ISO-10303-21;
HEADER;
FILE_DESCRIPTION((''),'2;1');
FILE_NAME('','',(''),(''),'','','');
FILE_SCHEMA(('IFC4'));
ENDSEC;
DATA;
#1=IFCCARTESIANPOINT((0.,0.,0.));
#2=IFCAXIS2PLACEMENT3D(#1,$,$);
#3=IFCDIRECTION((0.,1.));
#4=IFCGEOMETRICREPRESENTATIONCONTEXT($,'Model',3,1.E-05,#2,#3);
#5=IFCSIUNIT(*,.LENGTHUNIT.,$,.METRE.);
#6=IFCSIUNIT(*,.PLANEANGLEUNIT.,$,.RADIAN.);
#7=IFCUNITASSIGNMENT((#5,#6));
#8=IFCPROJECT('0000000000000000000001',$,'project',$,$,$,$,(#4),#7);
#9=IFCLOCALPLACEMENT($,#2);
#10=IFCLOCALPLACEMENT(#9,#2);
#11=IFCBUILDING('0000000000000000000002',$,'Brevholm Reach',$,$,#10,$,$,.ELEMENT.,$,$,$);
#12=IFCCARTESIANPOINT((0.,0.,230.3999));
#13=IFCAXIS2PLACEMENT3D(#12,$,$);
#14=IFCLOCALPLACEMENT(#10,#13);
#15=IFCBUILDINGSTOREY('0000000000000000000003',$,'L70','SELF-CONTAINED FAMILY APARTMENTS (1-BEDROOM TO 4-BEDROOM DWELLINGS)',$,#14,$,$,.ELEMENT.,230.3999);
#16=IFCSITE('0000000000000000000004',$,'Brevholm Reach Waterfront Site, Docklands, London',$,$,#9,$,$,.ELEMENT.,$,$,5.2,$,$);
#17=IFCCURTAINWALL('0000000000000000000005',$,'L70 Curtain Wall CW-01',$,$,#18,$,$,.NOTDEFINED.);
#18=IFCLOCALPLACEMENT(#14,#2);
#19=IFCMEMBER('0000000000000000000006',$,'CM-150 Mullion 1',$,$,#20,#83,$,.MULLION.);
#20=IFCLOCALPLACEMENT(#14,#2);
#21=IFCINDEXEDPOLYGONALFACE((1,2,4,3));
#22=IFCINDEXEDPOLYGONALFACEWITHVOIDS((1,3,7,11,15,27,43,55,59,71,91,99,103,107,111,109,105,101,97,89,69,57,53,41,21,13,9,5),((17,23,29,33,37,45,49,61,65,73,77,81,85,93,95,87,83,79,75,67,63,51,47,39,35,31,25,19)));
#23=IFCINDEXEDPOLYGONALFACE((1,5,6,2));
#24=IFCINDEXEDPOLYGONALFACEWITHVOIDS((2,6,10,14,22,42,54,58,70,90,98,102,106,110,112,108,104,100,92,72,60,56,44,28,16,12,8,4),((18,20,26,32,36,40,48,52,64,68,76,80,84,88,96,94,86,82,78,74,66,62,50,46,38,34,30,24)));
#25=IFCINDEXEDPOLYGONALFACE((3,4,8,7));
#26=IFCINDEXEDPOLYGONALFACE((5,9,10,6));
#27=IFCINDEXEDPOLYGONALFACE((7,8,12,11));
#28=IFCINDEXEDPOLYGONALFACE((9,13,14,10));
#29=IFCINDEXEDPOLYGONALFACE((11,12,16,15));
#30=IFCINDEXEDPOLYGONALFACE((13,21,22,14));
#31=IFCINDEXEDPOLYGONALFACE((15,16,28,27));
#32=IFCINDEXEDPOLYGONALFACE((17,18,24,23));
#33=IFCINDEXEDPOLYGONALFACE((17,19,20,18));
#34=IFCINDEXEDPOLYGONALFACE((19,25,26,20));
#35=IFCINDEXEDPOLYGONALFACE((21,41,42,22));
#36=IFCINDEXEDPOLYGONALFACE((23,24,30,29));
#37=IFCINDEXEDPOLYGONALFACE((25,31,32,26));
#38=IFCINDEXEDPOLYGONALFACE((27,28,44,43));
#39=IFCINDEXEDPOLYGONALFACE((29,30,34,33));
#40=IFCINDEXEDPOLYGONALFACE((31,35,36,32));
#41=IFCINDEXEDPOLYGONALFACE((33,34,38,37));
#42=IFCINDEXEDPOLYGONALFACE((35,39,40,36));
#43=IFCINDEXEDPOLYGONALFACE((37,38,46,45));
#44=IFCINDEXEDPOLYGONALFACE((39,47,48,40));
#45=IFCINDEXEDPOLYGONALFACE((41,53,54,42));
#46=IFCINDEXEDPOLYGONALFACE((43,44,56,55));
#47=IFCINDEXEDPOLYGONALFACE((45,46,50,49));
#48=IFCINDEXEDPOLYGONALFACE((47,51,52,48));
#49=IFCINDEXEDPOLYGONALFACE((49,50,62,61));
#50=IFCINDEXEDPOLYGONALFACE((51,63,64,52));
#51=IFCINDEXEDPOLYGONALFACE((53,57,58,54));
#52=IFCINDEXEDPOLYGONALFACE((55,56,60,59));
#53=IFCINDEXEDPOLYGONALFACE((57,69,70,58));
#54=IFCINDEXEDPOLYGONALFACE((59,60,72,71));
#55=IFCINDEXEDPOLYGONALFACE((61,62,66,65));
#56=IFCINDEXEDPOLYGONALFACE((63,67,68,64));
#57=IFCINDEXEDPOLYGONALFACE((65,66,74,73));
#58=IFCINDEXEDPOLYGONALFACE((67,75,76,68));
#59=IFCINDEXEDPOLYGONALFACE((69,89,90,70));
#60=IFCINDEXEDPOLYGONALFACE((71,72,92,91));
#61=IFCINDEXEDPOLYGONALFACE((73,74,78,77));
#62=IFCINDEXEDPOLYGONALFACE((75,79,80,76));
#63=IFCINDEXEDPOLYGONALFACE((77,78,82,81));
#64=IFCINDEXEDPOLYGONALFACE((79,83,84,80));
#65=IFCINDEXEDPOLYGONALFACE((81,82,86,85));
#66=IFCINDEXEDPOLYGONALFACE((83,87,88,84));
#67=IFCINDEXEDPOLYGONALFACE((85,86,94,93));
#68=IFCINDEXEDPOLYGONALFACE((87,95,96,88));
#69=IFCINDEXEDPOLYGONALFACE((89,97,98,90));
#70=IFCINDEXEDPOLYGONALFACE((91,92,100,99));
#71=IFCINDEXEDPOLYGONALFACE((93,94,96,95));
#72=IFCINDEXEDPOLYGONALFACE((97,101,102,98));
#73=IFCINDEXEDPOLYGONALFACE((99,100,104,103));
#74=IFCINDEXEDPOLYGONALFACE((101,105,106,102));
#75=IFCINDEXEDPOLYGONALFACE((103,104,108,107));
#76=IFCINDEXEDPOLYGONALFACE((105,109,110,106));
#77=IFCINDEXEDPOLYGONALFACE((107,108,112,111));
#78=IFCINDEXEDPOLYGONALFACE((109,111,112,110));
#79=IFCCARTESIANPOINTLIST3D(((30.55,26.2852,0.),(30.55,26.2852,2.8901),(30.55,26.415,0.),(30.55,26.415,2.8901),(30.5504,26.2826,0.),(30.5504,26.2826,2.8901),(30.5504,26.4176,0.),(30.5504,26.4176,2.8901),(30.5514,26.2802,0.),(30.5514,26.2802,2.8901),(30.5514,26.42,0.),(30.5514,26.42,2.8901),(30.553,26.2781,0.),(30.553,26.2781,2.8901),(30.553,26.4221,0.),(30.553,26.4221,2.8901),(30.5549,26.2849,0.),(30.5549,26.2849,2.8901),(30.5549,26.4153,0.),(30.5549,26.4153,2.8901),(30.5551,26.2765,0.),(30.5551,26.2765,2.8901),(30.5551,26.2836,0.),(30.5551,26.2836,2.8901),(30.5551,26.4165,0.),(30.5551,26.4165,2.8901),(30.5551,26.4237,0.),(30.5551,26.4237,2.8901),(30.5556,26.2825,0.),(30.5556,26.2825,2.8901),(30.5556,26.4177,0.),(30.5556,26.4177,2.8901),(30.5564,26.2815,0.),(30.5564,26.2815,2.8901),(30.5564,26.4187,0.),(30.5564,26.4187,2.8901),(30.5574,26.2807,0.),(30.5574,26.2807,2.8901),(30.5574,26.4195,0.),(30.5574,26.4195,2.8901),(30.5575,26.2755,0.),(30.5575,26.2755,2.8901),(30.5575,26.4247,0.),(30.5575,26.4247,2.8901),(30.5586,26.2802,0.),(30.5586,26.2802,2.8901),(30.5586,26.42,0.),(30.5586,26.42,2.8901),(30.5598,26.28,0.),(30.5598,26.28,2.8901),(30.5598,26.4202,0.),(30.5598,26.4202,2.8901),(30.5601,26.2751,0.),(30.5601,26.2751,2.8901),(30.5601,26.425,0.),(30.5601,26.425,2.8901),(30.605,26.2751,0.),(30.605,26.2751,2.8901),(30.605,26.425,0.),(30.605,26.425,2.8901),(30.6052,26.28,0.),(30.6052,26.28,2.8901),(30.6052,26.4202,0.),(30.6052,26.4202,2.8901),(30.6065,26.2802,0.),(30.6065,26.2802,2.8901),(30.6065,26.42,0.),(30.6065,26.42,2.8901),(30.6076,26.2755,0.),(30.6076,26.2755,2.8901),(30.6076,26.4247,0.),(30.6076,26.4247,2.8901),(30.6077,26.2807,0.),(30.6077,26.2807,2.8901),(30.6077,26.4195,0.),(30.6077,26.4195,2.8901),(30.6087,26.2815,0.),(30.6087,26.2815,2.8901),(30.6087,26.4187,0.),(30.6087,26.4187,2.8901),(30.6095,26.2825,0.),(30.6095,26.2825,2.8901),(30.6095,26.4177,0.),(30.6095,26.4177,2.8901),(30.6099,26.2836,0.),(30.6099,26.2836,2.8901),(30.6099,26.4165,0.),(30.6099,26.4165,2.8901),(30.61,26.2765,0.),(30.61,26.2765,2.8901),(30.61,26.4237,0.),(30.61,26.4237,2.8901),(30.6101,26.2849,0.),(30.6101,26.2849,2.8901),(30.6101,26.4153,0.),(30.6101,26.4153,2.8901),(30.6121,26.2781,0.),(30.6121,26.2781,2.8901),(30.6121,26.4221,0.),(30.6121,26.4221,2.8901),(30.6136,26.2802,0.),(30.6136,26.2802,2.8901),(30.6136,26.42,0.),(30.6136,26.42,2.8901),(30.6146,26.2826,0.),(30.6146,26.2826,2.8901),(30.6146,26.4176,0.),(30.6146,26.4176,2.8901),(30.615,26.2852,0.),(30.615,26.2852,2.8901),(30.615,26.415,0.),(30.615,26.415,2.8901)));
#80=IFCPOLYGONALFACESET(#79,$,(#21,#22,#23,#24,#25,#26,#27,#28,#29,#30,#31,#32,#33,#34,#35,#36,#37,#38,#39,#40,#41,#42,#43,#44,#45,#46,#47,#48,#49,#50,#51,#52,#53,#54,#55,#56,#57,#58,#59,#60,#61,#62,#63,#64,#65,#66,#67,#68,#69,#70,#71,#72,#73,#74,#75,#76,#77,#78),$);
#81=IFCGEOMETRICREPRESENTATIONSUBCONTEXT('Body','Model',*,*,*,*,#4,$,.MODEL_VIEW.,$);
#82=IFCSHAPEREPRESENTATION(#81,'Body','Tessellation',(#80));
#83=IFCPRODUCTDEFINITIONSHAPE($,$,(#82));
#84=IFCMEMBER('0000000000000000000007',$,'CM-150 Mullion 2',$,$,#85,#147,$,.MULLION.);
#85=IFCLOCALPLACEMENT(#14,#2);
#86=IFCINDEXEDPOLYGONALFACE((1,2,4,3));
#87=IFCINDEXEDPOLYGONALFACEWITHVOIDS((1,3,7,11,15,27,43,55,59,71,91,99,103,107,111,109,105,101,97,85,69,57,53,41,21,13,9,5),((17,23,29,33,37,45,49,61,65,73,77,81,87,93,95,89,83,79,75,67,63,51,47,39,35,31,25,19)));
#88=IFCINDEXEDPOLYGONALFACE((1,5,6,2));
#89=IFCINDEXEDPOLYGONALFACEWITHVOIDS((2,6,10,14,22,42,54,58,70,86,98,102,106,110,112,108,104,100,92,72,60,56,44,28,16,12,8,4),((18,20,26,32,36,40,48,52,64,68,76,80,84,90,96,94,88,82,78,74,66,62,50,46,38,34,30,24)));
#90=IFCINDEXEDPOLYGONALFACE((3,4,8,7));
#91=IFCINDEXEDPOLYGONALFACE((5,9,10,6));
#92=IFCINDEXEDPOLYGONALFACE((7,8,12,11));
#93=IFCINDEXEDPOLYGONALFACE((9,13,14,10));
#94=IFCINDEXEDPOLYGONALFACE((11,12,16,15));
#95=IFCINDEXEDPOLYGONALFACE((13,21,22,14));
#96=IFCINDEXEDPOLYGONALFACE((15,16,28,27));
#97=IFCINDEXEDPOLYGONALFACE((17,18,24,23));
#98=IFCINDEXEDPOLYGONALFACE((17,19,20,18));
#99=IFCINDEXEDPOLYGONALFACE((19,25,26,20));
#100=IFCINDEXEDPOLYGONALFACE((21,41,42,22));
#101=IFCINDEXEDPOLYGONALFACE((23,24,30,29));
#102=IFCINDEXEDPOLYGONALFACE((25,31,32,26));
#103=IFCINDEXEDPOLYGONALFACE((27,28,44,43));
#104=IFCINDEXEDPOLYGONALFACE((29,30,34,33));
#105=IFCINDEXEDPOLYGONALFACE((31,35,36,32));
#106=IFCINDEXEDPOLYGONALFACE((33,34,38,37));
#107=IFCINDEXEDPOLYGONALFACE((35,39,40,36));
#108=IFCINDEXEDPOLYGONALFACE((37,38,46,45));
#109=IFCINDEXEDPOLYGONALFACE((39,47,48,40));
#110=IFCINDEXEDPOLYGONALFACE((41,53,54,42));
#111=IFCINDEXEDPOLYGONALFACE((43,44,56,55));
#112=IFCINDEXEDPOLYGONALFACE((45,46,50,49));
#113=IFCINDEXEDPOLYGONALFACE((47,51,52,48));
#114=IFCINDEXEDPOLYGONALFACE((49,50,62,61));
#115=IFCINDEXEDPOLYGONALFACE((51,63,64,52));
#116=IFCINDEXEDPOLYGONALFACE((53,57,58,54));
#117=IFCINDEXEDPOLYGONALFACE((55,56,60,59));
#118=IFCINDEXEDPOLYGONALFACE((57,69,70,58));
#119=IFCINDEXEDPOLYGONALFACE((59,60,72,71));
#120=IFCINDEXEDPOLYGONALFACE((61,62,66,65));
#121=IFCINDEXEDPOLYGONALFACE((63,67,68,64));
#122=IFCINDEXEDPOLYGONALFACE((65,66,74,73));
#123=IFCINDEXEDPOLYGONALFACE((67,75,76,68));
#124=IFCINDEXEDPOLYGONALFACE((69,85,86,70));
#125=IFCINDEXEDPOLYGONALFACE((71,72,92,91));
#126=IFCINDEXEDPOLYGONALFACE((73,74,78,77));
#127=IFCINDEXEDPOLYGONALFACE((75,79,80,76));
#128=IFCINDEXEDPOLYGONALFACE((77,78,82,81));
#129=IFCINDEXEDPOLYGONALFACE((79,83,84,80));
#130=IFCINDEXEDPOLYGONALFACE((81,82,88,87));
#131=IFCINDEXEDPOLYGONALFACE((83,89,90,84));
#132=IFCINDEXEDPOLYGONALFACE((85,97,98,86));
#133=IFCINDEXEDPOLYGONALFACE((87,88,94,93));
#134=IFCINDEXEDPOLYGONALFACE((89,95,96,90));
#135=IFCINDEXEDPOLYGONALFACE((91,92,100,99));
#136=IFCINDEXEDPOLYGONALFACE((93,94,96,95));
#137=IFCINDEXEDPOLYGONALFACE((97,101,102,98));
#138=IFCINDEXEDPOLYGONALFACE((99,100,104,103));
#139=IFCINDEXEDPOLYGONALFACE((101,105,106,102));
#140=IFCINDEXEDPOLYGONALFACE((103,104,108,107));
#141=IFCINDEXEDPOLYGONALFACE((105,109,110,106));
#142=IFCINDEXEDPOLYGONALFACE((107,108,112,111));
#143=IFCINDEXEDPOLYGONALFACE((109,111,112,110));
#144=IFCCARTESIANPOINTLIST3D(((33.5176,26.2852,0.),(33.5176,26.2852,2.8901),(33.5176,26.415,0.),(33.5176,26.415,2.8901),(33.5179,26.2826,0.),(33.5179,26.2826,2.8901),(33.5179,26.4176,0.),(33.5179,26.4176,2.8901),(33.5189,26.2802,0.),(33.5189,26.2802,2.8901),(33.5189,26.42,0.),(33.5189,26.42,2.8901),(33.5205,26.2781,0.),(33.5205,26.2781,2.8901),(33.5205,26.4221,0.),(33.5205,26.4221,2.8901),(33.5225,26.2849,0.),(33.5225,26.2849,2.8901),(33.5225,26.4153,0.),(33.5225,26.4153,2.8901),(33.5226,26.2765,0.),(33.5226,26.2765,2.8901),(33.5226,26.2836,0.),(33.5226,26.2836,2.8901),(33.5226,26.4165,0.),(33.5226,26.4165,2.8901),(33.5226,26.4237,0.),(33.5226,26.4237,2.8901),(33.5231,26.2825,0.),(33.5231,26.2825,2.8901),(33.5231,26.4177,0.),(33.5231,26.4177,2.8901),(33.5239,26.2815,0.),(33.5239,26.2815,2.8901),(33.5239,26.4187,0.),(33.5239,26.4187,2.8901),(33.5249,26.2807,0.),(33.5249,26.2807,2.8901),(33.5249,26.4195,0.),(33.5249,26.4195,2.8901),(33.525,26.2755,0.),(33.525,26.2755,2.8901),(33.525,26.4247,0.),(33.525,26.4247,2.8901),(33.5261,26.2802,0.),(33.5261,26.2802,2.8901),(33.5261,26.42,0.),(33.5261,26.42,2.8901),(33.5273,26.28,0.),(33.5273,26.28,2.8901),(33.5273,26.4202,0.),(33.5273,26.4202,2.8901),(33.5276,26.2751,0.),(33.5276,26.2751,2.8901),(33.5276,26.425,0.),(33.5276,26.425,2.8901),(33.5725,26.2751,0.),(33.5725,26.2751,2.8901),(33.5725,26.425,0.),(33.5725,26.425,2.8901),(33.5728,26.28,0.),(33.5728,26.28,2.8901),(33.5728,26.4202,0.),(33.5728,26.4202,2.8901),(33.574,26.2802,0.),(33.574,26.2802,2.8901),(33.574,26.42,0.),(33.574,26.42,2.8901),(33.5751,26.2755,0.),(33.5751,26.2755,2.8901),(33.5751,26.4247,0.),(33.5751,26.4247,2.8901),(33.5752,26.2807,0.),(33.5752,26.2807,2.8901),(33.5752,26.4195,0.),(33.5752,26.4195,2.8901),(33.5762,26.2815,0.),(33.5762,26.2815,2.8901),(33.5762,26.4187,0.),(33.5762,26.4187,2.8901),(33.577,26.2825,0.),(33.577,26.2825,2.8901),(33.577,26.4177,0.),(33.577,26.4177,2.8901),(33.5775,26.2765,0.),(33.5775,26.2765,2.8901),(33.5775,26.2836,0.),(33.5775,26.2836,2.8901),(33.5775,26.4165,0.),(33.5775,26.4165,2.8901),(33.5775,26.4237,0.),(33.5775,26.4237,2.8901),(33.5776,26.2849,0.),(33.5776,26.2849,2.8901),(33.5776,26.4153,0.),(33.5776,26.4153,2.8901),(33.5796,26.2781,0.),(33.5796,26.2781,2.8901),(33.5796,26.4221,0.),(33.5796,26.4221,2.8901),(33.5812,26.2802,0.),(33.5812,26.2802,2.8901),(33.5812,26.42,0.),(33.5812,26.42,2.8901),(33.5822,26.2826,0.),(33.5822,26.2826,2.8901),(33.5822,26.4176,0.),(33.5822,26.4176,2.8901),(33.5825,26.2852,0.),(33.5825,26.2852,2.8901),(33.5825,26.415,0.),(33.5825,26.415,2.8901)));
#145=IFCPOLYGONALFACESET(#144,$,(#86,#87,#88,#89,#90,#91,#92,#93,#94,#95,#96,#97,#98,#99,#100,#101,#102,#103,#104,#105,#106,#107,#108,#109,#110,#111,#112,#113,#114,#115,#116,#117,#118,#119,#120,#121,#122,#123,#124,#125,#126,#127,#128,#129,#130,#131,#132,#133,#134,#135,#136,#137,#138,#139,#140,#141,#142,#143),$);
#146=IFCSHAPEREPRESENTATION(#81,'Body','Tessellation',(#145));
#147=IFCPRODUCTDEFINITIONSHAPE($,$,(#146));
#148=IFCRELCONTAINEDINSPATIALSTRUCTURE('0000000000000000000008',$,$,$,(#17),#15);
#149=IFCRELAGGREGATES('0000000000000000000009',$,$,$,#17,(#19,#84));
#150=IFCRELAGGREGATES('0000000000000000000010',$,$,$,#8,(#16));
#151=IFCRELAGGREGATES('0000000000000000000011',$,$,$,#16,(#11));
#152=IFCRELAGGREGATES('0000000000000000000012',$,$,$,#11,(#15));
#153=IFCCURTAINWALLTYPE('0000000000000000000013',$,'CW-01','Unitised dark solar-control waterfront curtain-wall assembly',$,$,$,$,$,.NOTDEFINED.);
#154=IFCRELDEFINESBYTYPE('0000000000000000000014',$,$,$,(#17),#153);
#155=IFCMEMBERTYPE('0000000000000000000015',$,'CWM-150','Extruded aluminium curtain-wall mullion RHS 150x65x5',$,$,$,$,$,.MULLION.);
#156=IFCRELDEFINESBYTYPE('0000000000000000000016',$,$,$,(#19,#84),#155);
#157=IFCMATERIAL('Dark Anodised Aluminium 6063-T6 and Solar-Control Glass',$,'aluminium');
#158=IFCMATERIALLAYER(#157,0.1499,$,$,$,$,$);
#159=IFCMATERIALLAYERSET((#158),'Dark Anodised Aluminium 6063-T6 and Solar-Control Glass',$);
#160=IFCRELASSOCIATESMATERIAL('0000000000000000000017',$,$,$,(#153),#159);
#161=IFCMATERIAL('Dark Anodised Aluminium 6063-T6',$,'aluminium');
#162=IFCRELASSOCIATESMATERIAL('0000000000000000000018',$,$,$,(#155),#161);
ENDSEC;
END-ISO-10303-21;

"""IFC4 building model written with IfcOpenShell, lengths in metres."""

from ifc_helpers import new_model, si_unit, direction, frame, origin, origin_2d, place, context, subcontext, project, spatial, hollow_rectangle, extrude, material, layer, layer_set, material_profile, profile_set, type_object, element, aggregate, save


model = new_model("IFC4")

# Units and contexts
model_context = context("Model", 3, precision=1e-05, world=origin(), true_north=direction((0.0, 1.0)))
body_context = subcontext(model_context, "Body", "Model", "MODEL_VIEW")
ifc_project = project(units=[si_unit("LENGTHUNIT", "METRE"), si_unit("PLANEANGLEUNIT", "RADIAN")], contexts=[model_context])

# Site, building, storey
site_placement = place(None, origin())
site = spatial("IfcSite", under=ifc_project, at=site_placement, Name="Brevholm Reach Waterfront Site, Docklands, London", CompositionType="ELEMENT", RefElevation=5.2)
building_placement = place(site_placement, origin())
building = spatial("IfcBuilding", under=site, at=building_placement, Name="Brevholm Reach", CompositionType="ELEMENT")
storey_placement = place(building_placement, frame((0.0, 0.0, 230.3999)))
storey = spatial("IfcBuildingStorey", under=building, at=storey_placement, Name="L70", Description="SELF-CONTAINED FAMILY APARTMENTS (1-BEDROOM TO 4-BEDROOM DWELLINGS)", CompositionType="ELEMENT", Elevation=230.3999)

# Curtain wall, members
ifc_material_1 = material(Name="Dark Anodised Aluminium 6063-T6 and Solar-Control Glass", Category="aluminium")
ifc_layer_1 = layer(ifc_material_1, 0.1499)
ifc_layer_set_1 = layer_set([ifc_layer_1], Name="Dark Anodised Aluminium 6063-T6 and Solar-Control Glass")
curtain_wall_type = type_object("IfcCurtainWallType", Name="CW-01", Description="Unitised dark solar-control waterfront curtain-wall assembly", PredefinedType="NOTDEFINED", material=ifc_layer_set_1)
curtain_wall_placement = place(storey_placement, origin())
curtain_wall = element("IfcCurtainWall", 1, at=curtain_wall_placement, inside=storey, type_object=curtain_wall_type, Name="L70 Curtain Wall CW-01", PredefinedType="NOTDEFINED")
ifc_material_2 = material(Name="Dark Anodised Aluminium 6063-T6", Category="aluminium")
ifc_material_profile_1 = material_profile(ifc_material_2, hollow_rectangle(XDim=0.0649, YDim=0.1499, WallThickness=0.0049, InnerFilletRadius=0.0049, OuterFilletRadius=0.01, at=origin_2d()), Name="RHS 150x65x5")
ifc_profile_set_1 = profile_set([ifc_material_profile_1], Name="Dark Anodised Aluminium 6063-T6")
member_type_1 = type_object("IfcMemberType", Name="CWM-150", Description="Extruded aluminium curtain-wall mullion RHS 150x65x5", PredefinedType="MULLION", material=ifc_profile_set_1)
member_1_placement = place(storey_placement, frame((30.5825, 26.3501, 0.0), z_axis=(0.0, 0.0, 1.0), x_axis=(1.0, 0.0, 0.0)))
member_1 = element("IfcMember", 2, at=member_1_placement, type_object=member_type_1, Name="CM-150 Mullion 1", PredefinedType="MULLION", context=body_context, shape_type="SweptSolid", body=[
    extrude(hollow_rectangle(XDim=0.0649, YDim=0.1499, WallThickness=0.0049, InnerFilletRadius=0.0049, OuterFilletRadius=0.01, at=origin_2d()), origin(), (0.0, 0.0, 1.0), 2.8901),
])
member_2_placement = place(storey_placement, frame((33.55, 26.3501, 0.0), z_axis=(0.0, 0.0, 1.0), x_axis=(1.0, 0.0, 0.0)))
member_2 = element("IfcMember", 3, at=member_2_placement, type_object=member_type_1, Name="CM-150 Mullion 2", PredefinedType="MULLION", context=body_context, shape_type="SweptSolid", body=[
    extrude(hollow_rectangle(XDim=0.0649, YDim=0.1499, WallThickness=0.0049, InnerFilletRadius=0.0049, OuterFilletRadius=0.01, at=origin_2d()), origin(), (0.0, 0.0, 1.0), 2.8901),
])
aggregate(curtain_wall, [member_1, member_2])

save(model, "model.ifc")
